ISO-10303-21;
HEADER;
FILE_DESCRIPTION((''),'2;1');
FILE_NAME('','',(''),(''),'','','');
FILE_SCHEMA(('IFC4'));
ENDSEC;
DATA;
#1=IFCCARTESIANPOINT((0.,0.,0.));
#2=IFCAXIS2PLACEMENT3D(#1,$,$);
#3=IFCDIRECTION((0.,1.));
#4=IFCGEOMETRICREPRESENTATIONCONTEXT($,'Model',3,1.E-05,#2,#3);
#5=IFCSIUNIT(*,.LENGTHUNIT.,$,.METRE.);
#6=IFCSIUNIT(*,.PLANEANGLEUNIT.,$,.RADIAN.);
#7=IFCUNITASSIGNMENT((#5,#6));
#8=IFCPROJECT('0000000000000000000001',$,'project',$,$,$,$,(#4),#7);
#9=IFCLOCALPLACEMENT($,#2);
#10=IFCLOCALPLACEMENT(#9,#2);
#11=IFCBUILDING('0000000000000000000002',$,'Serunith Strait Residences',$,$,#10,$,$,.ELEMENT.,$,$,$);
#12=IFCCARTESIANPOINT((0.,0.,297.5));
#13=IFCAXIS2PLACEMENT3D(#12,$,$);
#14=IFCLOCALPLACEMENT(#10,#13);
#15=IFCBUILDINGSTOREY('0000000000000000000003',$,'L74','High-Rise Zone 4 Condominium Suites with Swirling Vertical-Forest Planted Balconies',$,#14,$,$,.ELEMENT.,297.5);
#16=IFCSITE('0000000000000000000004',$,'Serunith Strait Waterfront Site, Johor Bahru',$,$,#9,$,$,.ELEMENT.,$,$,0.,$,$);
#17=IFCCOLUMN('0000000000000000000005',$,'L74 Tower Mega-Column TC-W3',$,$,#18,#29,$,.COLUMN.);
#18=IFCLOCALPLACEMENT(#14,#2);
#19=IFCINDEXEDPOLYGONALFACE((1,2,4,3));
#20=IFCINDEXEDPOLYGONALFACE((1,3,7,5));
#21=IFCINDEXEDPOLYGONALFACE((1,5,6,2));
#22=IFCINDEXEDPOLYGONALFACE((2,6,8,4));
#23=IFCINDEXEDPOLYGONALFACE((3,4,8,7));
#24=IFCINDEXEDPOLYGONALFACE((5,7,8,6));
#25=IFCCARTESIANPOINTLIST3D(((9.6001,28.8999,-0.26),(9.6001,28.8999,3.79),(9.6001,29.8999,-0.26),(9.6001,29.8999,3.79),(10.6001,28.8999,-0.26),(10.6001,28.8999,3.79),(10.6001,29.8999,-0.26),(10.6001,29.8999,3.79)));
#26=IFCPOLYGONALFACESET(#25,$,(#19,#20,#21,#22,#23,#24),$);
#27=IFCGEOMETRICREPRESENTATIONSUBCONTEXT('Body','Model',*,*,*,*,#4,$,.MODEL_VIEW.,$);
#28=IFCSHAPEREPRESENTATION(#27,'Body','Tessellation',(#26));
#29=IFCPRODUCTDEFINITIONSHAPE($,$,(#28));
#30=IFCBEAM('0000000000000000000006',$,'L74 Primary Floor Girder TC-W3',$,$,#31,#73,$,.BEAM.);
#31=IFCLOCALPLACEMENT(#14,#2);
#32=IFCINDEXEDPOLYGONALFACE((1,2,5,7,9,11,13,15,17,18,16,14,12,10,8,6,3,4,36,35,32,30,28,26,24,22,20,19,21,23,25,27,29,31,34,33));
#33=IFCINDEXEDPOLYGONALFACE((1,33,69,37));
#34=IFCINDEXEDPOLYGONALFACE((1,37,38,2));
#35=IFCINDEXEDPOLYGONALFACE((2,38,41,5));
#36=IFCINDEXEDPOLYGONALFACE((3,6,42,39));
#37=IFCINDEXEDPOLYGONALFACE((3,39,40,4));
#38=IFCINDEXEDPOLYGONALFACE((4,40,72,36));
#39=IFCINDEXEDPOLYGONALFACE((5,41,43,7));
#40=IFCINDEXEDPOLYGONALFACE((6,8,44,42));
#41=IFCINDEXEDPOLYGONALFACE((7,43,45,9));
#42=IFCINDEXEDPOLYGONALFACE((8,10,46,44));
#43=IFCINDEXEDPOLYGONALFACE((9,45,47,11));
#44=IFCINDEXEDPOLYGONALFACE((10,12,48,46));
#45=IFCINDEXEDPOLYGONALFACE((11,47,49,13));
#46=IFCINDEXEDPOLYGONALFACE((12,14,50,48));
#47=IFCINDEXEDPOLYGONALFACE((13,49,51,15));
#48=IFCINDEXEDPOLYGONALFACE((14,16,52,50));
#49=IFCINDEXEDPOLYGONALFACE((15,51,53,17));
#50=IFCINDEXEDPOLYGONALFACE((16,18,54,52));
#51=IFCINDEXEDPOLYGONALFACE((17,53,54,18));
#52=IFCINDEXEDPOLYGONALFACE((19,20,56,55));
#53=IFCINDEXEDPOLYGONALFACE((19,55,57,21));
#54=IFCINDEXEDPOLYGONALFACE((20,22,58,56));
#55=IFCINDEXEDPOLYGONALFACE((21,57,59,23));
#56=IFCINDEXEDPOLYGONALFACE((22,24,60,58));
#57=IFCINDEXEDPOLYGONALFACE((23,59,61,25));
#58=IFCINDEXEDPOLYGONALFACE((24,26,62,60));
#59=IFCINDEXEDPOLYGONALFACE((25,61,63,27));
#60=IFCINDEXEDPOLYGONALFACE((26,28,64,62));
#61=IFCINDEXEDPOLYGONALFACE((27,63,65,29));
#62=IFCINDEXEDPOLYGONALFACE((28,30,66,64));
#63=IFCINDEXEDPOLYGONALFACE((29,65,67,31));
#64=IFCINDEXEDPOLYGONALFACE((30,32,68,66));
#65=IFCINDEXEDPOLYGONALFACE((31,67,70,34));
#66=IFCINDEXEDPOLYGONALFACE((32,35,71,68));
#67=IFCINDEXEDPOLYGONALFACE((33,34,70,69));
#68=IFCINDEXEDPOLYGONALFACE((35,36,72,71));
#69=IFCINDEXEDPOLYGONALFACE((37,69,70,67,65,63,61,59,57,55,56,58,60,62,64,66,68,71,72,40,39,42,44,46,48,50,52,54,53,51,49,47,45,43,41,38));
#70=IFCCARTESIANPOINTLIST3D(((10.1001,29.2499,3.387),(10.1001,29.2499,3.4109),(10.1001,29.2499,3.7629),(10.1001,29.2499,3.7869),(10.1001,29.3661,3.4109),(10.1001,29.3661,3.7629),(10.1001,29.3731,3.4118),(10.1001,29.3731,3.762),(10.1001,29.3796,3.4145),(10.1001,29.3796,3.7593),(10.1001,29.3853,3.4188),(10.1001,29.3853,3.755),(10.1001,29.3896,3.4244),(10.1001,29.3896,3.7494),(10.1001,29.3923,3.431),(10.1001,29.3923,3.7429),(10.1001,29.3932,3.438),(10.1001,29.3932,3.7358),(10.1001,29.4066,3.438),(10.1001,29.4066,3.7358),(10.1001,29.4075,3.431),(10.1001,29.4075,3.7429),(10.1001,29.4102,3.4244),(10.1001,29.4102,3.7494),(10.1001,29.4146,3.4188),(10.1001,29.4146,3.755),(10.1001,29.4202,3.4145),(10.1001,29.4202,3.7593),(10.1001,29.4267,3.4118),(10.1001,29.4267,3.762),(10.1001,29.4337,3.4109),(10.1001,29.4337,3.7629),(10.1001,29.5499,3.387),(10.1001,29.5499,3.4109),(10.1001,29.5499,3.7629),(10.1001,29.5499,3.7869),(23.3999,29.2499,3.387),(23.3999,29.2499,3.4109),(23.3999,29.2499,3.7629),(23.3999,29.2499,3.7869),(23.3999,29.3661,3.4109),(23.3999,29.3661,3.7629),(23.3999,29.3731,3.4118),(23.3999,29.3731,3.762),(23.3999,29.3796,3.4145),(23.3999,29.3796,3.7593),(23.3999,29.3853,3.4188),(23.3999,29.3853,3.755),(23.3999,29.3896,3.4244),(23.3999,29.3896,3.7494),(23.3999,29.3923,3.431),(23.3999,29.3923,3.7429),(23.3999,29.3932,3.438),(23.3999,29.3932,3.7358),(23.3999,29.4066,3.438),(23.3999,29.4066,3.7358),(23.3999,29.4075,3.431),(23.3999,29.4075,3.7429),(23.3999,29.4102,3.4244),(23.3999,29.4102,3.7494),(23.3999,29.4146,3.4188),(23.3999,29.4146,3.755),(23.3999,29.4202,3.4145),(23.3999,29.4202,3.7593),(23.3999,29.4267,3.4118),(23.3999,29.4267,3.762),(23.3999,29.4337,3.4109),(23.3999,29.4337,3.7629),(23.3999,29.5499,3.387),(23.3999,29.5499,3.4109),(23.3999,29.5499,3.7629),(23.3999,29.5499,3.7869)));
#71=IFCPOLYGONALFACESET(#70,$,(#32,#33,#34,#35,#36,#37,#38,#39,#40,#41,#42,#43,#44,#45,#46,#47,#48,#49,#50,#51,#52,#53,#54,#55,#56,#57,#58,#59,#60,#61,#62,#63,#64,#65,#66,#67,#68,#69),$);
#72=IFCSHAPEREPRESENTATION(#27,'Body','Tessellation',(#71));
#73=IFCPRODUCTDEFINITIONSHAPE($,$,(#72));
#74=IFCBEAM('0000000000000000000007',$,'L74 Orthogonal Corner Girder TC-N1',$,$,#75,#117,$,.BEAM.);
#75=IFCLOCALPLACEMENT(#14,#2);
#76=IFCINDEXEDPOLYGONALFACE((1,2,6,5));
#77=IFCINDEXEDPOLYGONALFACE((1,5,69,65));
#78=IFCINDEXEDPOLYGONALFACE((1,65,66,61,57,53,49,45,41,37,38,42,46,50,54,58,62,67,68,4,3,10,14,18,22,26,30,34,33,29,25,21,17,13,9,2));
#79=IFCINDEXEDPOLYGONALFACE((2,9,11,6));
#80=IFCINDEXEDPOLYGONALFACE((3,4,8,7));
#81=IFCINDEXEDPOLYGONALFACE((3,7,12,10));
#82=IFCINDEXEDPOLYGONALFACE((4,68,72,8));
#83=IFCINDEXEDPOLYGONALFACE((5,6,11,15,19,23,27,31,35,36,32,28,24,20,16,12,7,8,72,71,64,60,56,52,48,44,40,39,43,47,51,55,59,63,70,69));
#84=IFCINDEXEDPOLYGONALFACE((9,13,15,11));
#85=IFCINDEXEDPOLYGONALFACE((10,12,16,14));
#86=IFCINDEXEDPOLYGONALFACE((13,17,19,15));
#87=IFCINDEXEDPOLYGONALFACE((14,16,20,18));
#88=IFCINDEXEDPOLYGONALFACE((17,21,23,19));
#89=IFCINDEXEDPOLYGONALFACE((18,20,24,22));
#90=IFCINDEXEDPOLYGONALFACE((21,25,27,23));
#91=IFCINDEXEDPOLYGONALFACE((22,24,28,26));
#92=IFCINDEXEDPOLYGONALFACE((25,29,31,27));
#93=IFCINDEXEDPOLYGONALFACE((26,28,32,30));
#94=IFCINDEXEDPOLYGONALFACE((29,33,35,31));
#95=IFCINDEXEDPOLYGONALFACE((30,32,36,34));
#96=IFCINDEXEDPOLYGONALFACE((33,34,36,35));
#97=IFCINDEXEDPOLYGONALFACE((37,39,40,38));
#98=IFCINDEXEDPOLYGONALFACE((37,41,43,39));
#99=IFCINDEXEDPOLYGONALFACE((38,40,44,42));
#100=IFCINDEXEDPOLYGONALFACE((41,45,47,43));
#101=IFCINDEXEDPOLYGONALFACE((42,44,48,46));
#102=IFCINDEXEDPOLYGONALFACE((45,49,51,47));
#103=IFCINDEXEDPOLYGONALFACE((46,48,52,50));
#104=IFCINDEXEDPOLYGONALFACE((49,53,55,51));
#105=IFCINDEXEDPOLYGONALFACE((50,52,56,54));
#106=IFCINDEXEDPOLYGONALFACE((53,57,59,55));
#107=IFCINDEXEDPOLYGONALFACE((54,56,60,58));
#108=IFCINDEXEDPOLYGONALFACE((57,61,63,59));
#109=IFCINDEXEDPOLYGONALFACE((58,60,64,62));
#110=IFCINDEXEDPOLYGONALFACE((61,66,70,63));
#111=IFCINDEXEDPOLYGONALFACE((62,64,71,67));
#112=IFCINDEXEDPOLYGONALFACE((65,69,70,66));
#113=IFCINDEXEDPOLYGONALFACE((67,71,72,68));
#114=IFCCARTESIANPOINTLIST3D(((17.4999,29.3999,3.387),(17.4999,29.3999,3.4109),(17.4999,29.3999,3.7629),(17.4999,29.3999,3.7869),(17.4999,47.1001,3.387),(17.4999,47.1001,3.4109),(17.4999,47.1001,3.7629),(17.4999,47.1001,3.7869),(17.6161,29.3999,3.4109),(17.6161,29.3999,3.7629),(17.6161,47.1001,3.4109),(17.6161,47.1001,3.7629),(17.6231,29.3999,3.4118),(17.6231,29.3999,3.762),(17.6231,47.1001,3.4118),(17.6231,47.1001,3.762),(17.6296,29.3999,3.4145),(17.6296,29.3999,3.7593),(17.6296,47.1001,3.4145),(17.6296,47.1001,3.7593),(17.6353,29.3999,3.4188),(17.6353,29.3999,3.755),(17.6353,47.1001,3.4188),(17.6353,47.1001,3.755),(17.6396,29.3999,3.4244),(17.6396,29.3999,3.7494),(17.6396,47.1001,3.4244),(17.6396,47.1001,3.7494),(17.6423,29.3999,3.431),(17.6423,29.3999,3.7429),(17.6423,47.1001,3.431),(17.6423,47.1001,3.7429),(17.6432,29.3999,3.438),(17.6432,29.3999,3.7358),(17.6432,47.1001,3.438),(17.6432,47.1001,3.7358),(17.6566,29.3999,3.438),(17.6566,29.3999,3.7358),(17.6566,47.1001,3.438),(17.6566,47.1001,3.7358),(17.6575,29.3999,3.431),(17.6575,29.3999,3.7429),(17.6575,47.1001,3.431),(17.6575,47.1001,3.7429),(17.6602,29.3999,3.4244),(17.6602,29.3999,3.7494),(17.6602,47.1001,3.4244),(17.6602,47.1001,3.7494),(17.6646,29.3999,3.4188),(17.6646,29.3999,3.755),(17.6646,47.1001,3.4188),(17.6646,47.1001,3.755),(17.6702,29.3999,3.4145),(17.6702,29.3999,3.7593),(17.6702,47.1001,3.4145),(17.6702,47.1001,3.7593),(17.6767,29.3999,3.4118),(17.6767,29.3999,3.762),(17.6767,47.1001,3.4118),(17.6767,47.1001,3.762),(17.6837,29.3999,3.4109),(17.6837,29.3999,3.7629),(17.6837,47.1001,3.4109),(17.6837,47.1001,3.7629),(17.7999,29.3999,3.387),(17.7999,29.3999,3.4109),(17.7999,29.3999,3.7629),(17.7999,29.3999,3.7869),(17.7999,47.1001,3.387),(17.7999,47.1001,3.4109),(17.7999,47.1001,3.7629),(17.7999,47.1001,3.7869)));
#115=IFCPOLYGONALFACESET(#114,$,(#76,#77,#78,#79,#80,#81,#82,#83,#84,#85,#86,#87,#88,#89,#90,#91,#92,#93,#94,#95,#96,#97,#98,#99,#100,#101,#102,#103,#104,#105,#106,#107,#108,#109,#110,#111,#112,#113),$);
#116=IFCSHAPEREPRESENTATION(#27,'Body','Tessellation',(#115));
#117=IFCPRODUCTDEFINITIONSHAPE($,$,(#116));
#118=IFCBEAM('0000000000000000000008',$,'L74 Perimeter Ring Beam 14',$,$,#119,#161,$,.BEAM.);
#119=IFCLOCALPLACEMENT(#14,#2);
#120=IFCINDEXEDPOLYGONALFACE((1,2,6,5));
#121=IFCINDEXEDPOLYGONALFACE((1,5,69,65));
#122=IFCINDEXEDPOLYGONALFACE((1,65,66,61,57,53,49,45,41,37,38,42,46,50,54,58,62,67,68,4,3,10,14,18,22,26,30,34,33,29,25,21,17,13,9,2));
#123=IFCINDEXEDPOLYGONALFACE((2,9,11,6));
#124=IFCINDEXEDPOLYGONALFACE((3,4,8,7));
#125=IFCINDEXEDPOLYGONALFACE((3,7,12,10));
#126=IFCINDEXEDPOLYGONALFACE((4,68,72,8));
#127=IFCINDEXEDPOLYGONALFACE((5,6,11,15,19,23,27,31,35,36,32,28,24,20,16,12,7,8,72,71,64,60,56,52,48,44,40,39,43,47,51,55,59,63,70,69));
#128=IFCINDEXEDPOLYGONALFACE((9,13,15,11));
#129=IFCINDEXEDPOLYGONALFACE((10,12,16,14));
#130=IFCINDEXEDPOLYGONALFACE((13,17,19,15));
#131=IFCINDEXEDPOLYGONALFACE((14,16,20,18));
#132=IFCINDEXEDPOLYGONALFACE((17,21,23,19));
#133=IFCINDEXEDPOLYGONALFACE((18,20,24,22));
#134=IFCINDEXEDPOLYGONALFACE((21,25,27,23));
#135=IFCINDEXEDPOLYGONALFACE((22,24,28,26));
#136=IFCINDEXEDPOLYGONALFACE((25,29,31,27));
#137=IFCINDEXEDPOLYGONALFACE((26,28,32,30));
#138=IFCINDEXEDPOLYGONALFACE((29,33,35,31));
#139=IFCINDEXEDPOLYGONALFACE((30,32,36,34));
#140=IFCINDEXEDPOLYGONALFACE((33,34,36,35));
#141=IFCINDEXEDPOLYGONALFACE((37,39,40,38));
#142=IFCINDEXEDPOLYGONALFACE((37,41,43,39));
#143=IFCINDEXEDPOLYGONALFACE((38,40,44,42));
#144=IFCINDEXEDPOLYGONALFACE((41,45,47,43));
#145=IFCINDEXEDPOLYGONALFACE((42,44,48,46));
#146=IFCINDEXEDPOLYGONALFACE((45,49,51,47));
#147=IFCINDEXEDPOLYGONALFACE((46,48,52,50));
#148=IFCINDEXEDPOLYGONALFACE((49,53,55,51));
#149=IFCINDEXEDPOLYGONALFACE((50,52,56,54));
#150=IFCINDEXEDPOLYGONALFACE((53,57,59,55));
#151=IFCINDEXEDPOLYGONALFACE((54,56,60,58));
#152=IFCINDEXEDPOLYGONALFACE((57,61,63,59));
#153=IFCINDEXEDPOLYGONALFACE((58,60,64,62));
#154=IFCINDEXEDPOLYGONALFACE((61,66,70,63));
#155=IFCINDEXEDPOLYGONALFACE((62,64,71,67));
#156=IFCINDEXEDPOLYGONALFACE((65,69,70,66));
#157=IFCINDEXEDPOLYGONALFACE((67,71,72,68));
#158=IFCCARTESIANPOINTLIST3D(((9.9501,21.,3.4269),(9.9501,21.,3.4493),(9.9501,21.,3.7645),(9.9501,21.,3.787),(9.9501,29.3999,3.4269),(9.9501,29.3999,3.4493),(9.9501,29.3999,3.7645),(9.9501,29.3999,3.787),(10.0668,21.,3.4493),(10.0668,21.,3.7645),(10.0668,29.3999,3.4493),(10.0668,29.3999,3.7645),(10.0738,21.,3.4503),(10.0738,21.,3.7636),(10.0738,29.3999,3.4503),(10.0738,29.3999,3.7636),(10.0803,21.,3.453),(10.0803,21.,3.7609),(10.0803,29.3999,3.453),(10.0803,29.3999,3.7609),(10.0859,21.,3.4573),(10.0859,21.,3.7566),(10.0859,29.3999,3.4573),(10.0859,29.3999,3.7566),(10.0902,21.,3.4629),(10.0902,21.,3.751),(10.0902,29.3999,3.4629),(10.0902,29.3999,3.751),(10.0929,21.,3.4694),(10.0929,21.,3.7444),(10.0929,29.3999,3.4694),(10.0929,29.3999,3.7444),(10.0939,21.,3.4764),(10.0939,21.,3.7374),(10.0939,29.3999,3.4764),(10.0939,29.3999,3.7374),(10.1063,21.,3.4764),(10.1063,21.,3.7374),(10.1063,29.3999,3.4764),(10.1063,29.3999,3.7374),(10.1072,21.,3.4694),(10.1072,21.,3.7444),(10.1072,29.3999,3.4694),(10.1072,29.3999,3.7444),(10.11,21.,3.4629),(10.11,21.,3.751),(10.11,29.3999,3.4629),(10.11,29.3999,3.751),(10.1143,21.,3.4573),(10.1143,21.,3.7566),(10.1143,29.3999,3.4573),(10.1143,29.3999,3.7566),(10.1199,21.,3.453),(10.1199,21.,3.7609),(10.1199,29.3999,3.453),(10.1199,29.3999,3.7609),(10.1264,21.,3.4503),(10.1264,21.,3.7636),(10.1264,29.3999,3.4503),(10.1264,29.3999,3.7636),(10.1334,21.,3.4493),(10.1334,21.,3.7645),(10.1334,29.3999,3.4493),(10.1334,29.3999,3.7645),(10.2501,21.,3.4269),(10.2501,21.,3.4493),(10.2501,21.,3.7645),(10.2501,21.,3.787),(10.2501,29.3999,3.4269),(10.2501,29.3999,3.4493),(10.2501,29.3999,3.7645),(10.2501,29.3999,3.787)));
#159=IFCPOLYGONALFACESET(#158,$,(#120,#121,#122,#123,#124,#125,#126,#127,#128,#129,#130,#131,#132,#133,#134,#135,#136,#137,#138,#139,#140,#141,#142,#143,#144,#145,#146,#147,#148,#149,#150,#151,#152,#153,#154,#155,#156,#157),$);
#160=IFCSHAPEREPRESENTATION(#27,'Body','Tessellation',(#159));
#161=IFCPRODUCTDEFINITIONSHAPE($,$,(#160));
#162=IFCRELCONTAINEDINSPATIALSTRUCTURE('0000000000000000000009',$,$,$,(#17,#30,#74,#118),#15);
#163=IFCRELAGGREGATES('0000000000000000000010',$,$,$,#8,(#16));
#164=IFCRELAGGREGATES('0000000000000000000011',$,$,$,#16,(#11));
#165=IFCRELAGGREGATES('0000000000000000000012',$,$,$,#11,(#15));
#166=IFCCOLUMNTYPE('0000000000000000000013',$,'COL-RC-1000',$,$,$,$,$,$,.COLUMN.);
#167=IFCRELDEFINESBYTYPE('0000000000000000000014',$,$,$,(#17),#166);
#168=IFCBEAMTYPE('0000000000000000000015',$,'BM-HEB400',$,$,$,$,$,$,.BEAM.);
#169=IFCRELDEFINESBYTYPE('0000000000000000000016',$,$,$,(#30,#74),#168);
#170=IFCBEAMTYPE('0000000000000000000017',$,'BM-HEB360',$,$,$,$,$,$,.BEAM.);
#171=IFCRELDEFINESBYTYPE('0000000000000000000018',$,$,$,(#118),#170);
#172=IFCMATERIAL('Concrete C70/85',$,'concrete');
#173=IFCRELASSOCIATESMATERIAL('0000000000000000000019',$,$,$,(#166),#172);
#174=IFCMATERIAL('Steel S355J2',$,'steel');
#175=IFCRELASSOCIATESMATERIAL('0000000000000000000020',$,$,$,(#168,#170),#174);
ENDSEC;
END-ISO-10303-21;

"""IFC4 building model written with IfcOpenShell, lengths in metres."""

from ifc_helpers import new_model, si_unit, direction, frame, origin, origin_2d, place, context, subcontext, project, spatial, rectangle, i_section, extrude, source, transform, mapped, material, material_profile, profile_set, type_object, element, save


model = new_model("IFC4")

# Units and contexts
model_context = context("Model", 3, precision=1e-05, world=origin(), true_north=direction((0.0, 1.0)))
body_context = subcontext(model_context, "Body", "Model", "MODEL_VIEW")
ifc_project = project(units=[si_unit("LENGTHUNIT", "METRE"), si_unit("PLANEANGLEUNIT", "RADIAN")], contexts=[model_context])

# Site, building, storey
site_placement = place(None, origin())
site = spatial("IfcSite", under=ifc_project, at=site_placement, Name="Serunith Strait Waterfront Site, Johor Bahru", CompositionType="ELEMENT", RefElevation=0.0)
building_placement = place(site_placement, origin())
building = spatial("IfcBuilding", under=site, at=building_placement, Name="Serunith Strait Residences", CompositionType="ELEMENT")
storey_placement = place(building_placement, frame((0.0, 0.0, 297.5)))
storey = spatial("IfcBuildingStorey", under=building, at=storey_placement, Name="L74", Description="High-Rise Zone 4 Condominium Suites with Swirling Vertical-Forest Planted Balconies", CompositionType="ELEMENT", Elevation=297.5)

# Column
ifc_material_1 = material(Name="Concrete C70/85", Category="concrete")
ifc_material_profile_1 = material_profile(ifc_material_1, rectangle(XDim=1.0, YDim=1.0, at=origin_2d()), Name="RC 1000x1000")
ifc_profile_set_1 = profile_set([ifc_material_profile_1], Name="Concrete C70/85")
column_type = type_object("IfcColumnType", Name="COL-RC-1000", PredefinedType="COLUMN", material=ifc_profile_set_1)
shared_shape_1 = source(origin(), body_context, "Body", "SweptSolid", [
    extrude(rectangle(XDim=1.0, YDim=1.0, at=origin_2d()), origin(), (0.0, 0.0, 1.0), 4.05),
])
column_placement = place(storey_placement, frame((10.1001, 29.3999, -0.26), z_axis=(0.0, 0.0, 1.0), x_axis=(1.0, 0.0, 0.0)))
element("IfcColumn", 1, at=column_placement, inside=storey, type_object=column_type, Name="L74 Tower Mega-Column TC-W3", PredefinedType="COLUMN", context=body_context, shape_type="MappedRepresentation", body=[
    mapped(shared_shape_1, transform((0.0, 0.0, 0.0), scale=1.0)),
])

# Beams
ifc_material_2 = material(Name="Steel S355J2", Category="steel")
ifc_material_profile_2 = material_profile(ifc_material_2, i_section(OverallWidth=0.3, OverallDepth=0.3999, WebThickness=0.0134, FlangeThickness=0.0239, FilletRadius=0.0271, at=origin_2d()), Name="HEB 400")
ifc_profile_set_2 = profile_set([ifc_material_profile_2], Name="Steel S355J2")
beam_type_1 = type_object("IfcBeamType", Name="BM-HEB400", PredefinedType="BEAM", material=ifc_profile_set_2)
shared_shape_2 = source(origin(), body_context, "Body", "SweptSolid", [
    extrude(i_section(OverallWidth=0.3, OverallDepth=0.3999, WebThickness=0.0134, FlangeThickness=0.0239, FilletRadius=0.0271, at=origin_2d()), origin(), (0.0, 0.0, 1.0), 13.2998),
])
beam_1_placement = place(storey_placement, frame((23.3999, 29.3999, 3.5869), z_axis=(-1.0, 0.0, 0.0), x_axis=(0.0, -1.0, 0.0)))
element("IfcBeam", 2, at=beam_1_placement, inside=storey, type_object=beam_type_1, Name="L74 Primary Floor Girder TC-W3", PredefinedType="BEAM", context=body_context, shape_type="MappedRepresentation", body=[
    mapped(shared_shape_2, transform((0.0, 0.0, 0.0), scale=1.0)),
])
shared_shape_3 = source(origin(), body_context, "Body", "SweptSolid", [
    extrude(i_section(OverallWidth=0.3, OverallDepth=0.3999, WebThickness=0.0134, FlangeThickness=0.0239, FilletRadius=0.0271, at=origin_2d()), origin(), (0.0, 0.0, 1.0), 17.7002),
])
beam_2_placement = place(storey_placement, frame((17.6499, 29.3999, 3.5869), z_axis=(0.0, 1.0, 0.0), x_axis=(-1.0, 0.0, 0.0)))
element("IfcBeam", 3, at=beam_2_placement, inside=storey, type_object=beam_type_1, Name="L74 Orthogonal Corner Girder TC-N1", PredefinedType="BEAM", context=body_context, shape_type="MappedRepresentation", body=[
    mapped(shared_shape_3, transform((0.0, 0.0, 0.0), scale=1.0)),
])
ifc_material_profile_3 = material_profile(ifc_material_2, i_section(OverallWidth=0.3, OverallDepth=0.3601, WebThickness=0.0125, FlangeThickness=0.0225, FilletRadius=0.0271, at=origin_2d()), Name="HEB 360")
ifc_profile_set_3 = profile_set([ifc_material_profile_3], Name="Steel S355J2")
beam_type_2 = type_object("IfcBeamType", Name="BM-HEB360", PredefinedType="BEAM", material=ifc_profile_set_3)
shared_shape_4 = source(origin(), body_context, "Body", "SweptSolid", [
    extrude(i_section(OverallWidth=0.3, OverallDepth=0.3601, WebThickness=0.0125, FlangeThickness=0.0225, FilletRadius=0.0271, at=origin_2d()), origin(), (0.0, 0.0, 1.0), 8.3999),
])
beam_3_placement = place(storey_placement, frame((10.1001, 29.3999, 3.6069), z_axis=(0.0, -1.0, 0.0), x_axis=(1.0, 0.0, 0.0)))
element("IfcBeam", 4, at=beam_3_placement, inside=storey, type_object=beam_type_2, Name="L74 Perimeter Ring Beam 14", PredefinedType="BEAM", context=body_context, shape_type="MappedRepresentation", body=[
    mapped(shared_shape_4, transform((0.0, 0.0, 0.0), scale=1.0)),
])

save(model, "model.ifc")
